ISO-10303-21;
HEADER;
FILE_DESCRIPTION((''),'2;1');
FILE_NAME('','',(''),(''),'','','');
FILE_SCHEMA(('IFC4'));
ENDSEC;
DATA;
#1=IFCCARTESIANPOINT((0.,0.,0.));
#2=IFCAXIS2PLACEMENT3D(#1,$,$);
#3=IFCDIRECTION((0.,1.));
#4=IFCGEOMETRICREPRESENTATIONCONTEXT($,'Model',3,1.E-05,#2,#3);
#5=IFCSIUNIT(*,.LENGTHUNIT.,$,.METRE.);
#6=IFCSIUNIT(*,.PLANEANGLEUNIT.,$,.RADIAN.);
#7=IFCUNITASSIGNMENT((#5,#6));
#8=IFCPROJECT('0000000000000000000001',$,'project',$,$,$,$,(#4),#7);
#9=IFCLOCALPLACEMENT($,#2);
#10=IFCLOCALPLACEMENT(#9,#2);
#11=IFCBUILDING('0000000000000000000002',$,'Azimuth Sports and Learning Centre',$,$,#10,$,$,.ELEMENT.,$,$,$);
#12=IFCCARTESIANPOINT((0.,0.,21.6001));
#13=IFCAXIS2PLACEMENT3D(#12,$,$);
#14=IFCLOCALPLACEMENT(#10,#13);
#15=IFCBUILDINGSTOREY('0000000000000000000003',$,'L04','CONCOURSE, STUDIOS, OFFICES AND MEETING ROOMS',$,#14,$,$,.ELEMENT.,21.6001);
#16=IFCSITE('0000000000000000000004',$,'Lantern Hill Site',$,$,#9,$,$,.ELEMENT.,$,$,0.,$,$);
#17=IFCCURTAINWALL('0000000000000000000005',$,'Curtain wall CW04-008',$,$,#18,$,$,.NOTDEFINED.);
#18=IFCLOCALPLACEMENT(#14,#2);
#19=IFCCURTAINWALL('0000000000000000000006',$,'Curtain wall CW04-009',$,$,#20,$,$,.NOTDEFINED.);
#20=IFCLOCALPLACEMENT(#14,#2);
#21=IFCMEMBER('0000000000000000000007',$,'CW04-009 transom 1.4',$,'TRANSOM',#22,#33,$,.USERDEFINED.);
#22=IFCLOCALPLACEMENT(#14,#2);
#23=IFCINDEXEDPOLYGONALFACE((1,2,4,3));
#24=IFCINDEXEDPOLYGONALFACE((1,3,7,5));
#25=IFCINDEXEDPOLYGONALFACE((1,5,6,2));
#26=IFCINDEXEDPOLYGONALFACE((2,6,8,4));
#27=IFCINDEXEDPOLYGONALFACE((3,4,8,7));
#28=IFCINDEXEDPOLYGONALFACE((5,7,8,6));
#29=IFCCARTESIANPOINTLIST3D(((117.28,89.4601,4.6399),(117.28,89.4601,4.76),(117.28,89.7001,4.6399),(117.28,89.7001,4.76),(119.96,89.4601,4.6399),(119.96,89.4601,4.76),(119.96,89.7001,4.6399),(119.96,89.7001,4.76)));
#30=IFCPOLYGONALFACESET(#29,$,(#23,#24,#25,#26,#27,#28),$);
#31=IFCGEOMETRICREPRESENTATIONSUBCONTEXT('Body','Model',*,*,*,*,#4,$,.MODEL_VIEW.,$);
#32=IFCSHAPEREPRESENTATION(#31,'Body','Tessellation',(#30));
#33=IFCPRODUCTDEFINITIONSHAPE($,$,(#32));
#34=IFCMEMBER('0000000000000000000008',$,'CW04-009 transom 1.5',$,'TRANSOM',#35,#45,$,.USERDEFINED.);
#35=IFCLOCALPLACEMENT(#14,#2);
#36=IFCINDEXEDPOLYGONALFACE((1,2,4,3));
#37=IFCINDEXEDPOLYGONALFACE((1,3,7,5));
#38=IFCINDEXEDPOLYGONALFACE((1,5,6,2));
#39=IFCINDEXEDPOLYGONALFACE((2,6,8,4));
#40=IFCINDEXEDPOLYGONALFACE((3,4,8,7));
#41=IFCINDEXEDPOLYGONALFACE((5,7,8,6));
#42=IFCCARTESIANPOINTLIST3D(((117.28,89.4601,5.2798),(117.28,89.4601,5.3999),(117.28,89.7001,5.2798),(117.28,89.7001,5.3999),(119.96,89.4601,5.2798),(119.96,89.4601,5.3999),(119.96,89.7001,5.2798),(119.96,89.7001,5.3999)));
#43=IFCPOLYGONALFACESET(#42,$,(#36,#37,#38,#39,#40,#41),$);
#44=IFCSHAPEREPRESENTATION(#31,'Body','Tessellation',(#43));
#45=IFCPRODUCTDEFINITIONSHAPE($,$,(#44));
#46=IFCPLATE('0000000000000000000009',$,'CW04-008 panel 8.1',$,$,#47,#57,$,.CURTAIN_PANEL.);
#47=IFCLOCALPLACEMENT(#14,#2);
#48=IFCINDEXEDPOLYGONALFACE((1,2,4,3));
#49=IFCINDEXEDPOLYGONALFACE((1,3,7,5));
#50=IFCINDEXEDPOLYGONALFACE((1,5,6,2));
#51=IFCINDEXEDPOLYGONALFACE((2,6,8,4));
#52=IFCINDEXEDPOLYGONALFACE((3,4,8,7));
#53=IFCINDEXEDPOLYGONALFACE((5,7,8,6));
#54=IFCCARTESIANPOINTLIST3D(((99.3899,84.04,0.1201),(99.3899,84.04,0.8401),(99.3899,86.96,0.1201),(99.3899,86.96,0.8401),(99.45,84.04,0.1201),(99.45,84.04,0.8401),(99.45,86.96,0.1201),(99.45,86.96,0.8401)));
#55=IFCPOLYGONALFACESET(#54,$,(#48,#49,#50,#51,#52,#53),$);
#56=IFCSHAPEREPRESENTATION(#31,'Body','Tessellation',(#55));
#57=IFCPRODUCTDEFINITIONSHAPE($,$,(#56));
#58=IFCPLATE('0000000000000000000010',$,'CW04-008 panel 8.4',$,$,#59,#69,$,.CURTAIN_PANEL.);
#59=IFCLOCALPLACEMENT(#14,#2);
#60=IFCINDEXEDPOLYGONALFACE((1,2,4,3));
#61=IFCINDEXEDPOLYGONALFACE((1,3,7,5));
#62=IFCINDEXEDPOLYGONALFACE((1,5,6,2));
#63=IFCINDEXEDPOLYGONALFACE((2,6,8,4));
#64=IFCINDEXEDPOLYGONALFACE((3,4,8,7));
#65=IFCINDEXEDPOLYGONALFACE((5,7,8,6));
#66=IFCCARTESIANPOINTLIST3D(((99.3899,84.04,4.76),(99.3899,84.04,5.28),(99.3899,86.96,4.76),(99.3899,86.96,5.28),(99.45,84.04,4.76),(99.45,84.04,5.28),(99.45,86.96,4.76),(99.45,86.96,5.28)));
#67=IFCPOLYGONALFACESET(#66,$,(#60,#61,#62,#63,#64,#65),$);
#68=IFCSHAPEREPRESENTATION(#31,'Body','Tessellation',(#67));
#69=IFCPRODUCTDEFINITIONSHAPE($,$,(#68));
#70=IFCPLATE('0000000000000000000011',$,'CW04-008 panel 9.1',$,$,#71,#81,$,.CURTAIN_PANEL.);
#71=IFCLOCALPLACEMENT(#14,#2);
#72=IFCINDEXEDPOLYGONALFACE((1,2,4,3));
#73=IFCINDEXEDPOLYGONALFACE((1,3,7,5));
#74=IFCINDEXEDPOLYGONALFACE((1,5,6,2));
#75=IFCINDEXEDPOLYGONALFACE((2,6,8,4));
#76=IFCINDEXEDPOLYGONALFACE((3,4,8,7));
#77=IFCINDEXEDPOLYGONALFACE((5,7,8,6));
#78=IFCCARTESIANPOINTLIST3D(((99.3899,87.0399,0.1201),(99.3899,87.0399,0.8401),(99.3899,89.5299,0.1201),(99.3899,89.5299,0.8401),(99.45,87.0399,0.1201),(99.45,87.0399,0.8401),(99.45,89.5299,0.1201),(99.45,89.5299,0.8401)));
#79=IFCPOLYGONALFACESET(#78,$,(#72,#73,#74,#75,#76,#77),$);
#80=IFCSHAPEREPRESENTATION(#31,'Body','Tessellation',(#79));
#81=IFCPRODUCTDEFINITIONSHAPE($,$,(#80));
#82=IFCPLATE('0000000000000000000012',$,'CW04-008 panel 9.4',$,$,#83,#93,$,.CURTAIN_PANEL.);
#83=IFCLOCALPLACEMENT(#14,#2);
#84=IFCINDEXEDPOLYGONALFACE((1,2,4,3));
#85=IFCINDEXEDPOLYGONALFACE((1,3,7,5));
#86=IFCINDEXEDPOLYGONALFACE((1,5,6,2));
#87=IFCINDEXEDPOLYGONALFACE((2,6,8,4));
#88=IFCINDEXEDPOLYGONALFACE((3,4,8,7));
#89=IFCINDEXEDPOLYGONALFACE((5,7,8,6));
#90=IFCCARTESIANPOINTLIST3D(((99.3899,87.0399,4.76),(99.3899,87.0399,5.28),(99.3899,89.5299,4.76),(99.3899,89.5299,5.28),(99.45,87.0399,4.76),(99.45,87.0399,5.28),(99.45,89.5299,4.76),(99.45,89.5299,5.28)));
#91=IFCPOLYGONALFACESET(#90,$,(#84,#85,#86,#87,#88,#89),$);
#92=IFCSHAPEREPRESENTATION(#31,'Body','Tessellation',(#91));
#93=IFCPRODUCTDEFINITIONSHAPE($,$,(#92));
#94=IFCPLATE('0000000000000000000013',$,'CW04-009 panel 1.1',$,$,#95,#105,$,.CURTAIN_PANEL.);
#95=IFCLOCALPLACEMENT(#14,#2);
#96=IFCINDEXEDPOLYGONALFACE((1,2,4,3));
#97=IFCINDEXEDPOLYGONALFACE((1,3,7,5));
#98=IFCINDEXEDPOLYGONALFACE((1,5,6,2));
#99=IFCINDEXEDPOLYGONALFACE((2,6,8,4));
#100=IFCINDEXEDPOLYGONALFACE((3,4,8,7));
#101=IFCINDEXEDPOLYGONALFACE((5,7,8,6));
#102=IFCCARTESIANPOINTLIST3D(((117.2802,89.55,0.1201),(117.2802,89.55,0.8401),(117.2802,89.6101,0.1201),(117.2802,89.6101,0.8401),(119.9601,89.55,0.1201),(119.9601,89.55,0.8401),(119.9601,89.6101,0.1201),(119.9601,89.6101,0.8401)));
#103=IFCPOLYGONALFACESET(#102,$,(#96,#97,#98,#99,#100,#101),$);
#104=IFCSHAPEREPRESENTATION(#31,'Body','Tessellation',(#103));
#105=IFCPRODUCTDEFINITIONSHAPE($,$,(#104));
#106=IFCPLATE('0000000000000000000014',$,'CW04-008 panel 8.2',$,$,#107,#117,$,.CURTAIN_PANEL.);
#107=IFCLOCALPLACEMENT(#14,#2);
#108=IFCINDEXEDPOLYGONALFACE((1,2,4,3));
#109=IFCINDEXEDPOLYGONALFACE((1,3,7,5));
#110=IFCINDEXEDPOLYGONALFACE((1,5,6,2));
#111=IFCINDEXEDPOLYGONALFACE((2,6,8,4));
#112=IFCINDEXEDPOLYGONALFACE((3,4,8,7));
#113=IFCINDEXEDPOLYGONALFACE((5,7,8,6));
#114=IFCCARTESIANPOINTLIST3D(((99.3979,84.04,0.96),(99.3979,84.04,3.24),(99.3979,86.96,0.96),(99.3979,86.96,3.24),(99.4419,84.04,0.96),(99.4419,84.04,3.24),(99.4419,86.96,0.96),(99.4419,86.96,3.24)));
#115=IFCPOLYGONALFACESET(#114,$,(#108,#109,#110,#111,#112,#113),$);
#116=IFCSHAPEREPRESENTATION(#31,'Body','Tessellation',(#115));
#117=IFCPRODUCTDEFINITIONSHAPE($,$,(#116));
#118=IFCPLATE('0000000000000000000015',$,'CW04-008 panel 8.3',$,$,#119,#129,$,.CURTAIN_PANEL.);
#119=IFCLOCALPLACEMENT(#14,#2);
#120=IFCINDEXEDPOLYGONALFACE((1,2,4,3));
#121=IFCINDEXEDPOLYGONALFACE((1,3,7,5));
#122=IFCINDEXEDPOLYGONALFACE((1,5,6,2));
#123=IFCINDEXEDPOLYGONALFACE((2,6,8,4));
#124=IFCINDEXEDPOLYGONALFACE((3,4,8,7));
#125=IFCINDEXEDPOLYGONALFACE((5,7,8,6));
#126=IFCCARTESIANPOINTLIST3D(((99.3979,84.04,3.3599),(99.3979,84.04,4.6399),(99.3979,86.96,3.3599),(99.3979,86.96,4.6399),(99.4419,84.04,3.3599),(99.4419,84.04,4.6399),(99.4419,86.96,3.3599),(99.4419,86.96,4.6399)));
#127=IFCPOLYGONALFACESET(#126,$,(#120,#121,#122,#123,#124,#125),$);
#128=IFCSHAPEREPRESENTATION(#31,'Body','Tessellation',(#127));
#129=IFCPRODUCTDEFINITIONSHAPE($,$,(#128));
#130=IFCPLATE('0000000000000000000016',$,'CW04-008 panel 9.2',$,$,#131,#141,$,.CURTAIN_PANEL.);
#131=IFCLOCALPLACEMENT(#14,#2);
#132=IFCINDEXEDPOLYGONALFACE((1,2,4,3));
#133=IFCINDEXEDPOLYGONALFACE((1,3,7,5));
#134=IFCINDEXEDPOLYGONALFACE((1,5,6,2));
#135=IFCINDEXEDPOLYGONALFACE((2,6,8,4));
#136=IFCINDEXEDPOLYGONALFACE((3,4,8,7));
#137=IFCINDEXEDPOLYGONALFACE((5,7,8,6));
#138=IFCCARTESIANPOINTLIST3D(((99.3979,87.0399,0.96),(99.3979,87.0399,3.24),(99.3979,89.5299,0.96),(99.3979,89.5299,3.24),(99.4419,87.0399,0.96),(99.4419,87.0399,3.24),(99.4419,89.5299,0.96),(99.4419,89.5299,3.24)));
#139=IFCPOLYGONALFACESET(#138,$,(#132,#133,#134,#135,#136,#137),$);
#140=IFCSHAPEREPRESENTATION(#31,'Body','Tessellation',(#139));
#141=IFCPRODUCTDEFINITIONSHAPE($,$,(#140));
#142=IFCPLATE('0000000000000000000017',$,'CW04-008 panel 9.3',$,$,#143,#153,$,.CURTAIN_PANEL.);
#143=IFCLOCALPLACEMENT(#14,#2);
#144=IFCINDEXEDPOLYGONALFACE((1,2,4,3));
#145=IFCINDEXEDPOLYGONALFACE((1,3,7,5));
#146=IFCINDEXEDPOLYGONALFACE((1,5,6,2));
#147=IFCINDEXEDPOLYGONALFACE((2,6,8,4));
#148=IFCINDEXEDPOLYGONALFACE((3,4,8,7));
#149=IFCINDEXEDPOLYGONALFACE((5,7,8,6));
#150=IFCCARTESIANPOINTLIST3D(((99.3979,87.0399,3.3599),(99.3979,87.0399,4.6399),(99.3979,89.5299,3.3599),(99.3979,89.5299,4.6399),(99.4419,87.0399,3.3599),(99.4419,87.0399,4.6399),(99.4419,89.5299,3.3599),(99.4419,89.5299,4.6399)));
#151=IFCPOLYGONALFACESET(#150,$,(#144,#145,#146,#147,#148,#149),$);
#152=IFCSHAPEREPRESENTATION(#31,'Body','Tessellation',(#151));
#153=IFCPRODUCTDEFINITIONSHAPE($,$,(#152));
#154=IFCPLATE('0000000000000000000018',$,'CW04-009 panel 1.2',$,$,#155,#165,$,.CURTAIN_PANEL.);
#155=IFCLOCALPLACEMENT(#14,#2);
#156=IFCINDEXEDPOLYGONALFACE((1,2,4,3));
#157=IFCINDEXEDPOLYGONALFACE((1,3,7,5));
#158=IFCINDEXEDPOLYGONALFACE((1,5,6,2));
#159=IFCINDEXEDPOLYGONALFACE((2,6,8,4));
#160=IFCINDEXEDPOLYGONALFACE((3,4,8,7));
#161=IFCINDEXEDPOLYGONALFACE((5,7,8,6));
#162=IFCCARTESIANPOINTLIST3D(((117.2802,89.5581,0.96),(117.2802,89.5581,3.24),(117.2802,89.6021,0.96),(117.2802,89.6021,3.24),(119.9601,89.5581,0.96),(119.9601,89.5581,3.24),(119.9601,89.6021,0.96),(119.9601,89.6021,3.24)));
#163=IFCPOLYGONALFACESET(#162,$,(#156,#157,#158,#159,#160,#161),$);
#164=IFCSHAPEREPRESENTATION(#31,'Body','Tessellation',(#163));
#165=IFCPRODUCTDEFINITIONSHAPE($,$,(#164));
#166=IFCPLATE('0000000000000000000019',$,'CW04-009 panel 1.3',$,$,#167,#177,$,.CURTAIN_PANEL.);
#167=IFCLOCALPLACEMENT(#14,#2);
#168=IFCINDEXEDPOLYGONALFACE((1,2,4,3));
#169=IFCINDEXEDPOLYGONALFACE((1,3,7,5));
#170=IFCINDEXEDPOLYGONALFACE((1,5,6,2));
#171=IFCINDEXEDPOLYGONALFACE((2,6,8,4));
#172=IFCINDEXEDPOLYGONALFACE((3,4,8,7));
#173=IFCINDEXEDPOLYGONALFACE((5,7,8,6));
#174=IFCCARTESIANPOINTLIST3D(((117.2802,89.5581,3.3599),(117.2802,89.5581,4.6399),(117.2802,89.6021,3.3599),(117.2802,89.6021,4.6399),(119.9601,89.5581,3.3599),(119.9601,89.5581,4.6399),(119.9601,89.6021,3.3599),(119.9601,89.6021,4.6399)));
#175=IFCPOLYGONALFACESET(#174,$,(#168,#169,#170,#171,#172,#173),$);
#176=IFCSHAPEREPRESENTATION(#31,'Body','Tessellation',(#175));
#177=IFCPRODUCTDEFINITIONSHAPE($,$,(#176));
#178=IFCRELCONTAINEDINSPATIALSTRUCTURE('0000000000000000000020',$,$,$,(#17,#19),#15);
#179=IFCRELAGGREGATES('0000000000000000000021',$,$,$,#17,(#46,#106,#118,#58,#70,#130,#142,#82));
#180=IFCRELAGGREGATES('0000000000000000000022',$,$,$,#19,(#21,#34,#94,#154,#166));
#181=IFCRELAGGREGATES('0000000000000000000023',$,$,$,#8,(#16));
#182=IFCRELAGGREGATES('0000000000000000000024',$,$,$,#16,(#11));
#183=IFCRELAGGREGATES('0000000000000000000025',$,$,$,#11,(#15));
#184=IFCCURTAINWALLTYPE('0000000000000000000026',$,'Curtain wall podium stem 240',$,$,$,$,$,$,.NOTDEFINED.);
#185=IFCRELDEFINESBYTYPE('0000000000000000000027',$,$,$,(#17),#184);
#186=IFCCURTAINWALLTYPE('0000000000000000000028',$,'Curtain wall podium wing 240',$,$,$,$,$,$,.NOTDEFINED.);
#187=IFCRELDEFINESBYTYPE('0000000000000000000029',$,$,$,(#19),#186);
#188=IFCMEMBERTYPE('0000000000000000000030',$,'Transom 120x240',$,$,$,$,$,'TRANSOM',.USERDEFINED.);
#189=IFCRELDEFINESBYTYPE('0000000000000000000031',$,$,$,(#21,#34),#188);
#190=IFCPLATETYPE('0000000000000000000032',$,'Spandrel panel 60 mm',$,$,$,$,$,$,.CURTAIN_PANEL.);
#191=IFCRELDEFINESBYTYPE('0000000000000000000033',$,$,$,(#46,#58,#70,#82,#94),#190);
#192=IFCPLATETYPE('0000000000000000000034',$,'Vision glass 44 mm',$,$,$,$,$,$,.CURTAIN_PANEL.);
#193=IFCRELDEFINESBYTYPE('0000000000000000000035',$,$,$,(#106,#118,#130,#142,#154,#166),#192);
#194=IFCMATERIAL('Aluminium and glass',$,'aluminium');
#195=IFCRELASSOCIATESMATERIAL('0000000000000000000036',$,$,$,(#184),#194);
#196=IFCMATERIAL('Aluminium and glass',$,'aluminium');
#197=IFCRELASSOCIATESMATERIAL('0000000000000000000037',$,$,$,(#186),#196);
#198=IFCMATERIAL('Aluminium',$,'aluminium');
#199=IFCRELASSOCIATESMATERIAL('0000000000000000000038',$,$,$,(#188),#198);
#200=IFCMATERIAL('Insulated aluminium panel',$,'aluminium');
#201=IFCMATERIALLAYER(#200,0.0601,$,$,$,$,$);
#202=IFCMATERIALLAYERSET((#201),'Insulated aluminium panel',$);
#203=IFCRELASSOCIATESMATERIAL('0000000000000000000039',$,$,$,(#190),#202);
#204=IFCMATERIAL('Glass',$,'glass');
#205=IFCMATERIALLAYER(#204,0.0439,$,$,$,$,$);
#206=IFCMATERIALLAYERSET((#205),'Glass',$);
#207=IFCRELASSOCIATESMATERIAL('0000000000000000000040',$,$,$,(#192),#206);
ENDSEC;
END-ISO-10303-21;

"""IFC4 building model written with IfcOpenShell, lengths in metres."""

from ifc_helpers import new_model, si_unit, direction, frame, origin, origin_2d, place, context, subcontext, project, spatial, rectangle, extrude, material, layer, layer_set, material_profile, profile_set, type_object, element, aggregate, save


model = new_model("IFC4")

# Units and contexts
model_context = context("Model", 3, precision=1e-05, world=origin(), true_north=direction((0.0, 1.0)))
body_context = subcontext(model_context, "Body", "Model", "MODEL_VIEW")
ifc_project = project(units=[si_unit("LENGTHUNIT", "METRE"), si_unit("PLANEANGLEUNIT", "RADIAN")], contexts=[model_context])

# Site, building, storey
site_placement = place(None, origin())
site = spatial("IfcSite", under=ifc_project, at=site_placement, Name="Lantern Hill Site", CompositionType="ELEMENT", RefElevation=0.0)
building_placement = place(site_placement, origin())
building = spatial("IfcBuilding", under=site, at=building_placement, Name="Azimuth Sports and Learning Centre", CompositionType="ELEMENT")
storey_placement = place(building_placement, frame((0.0, 0.0, 21.6001)))
storey = spatial("IfcBuildingStorey", under=building, at=storey_placement, Name="L04", Description="CONCOURSE, STUDIOS, OFFICES AND MEETING ROOMS", CompositionType="ELEMENT", Elevation=21.6001)

# Curtain wall
ifc_material_1 = material(Name="Aluminium and glass", Category="aluminium")
curtain_wall_type_1 = type_object("IfcCurtainWallType", Name="Curtain wall podium stem 240", PredefinedType="NOTDEFINED", material=ifc_material_1)
curtain_wall_1_placement = place(storey_placement, origin())
curtain_wall_1 = element("IfcCurtainWall", 1, at=curtain_wall_1_placement, inside=storey, type_object=curtain_wall_type_1, Name="Curtain wall CW04-008", PredefinedType="NOTDEFINED")

# Curtain wall
ifc_material_2 = material(Name="Aluminium and glass", Category="aluminium")
curtain_wall_type_2 = type_object("IfcCurtainWallType", Name="Curtain wall podium wing 240", PredefinedType="NOTDEFINED", material=ifc_material_2)
curtain_wall_2_placement = place(storey_placement, origin())
curtain_wall_2 = element("IfcCurtainWall", 2, at=curtain_wall_2_placement, inside=storey, type_object=curtain_wall_type_2, Name="Curtain wall CW04-009", PredefinedType="NOTDEFINED")

# Members
ifc_material_3 = material(Name="Aluminium", Category="aluminium")
ifc_material_profile_1 = material_profile(ifc_material_3, rectangle(XDim=0.24, YDim=0.1201, at=origin_2d()), Name="Transom 120x240")
ifc_profile_set_1 = profile_set([ifc_material_profile_1], Name="Aluminium")
member_type_1 = type_object("IfcMemberType", Name="Transom 120x240", ElementType="TRANSOM", PredefinedType="USERDEFINED", material=ifc_profile_set_1)
member_1_placement = place(storey_placement, frame((117.28, 89.5801, 4.7), z_axis=(1.0, 0.0, 0.0), x_axis=(0.0, 1.0, 0.0)))
member_1 = element("IfcMember", 3, at=member_1_placement, type_object=member_type_1, Name="CW04-009 transom 1.4", ObjectType="TRANSOM", PredefinedType="USERDEFINED", context=body_context, shape_type="SweptSolid", body=[
    extrude(rectangle(XDim=0.24, YDim=0.1201, at=origin_2d()), origin(), (0.0, 0.0, 1.0), 2.6799),
])
member_2_placement = place(storey_placement, frame((117.28, 89.5801, 5.3398), z_axis=(1.0, 0.0, 0.0), x_axis=(0.0, 1.0, 0.0)))
member_2 = element("IfcMember", 4, at=member_2_placement, type_object=member_type_1, Name="CW04-009 transom 1.5", ObjectType="TRANSOM", PredefinedType="USERDEFINED", context=body_context, shape_type="SweptSolid", body=[
    extrude(rectangle(XDim=0.24, YDim=0.1201, at=origin_2d()), origin(), (0.0, 0.0, 1.0), 2.6799),
])

# Plates
ifc_material_4 = material(Name="Insulated aluminium panel", Category="aluminium")
ifc_layer_1 = layer(ifc_material_4, 0.0601)
ifc_layer_set_1 = layer_set([ifc_layer_1], Name="Insulated aluminium panel")
plate_type_1 = type_object("IfcPlateType", Name="Spandrel panel 60 mm", PredefinedType="CURTAIN_PANEL", material=ifc_layer_set_1)
plate_1_placement = place(storey_placement, frame((99.4199, 85.5, 0.1201), z_axis=(0.0, 0.0, 1.0), x_axis=(0.0, 1.0, 0.0)))
plate_1 = element("IfcPlate", 5, at=plate_1_placement, type_object=plate_type_1, Name="CW04-008 panel 8.1", PredefinedType="CURTAIN_PANEL", context=body_context, shape_type="SweptSolid", body=[
    extrude(rectangle(XDim=2.9199, YDim=0.0601, at=origin_2d()), origin(), (0.0, 0.0, 1.0), 0.72),
])
plate_2_placement = place(storey_placement, frame((99.4199, 85.5, 4.76), z_axis=(0.0, 0.0, 1.0), x_axis=(0.0, 1.0, 0.0)))
plate_2 = element("IfcPlate", 6, at=plate_2_placement, type_object=plate_type_1, Name="CW04-008 panel 8.4", PredefinedType="CURTAIN_PANEL", context=body_context, shape_type="SweptSolid", body=[
    extrude(rectangle(XDim=2.9199, YDim=0.0601, at=origin_2d()), origin(), (0.0, 0.0, 1.0), 0.52),
])
plate_3_placement = place(storey_placement, frame((99.4199, 88.2849, 0.1201), z_axis=(0.0, 0.0, 1.0), x_axis=(0.0, 1.0, 0.0)))
plate_3 = element("IfcPlate", 7, at=plate_3_placement, type_object=plate_type_1, Name="CW04-008 panel 9.1", PredefinedType="CURTAIN_PANEL", context=body_context, shape_type="SweptSolid", body=[
    extrude(rectangle(XDim=2.49, YDim=0.0601, at=origin_2d()), origin(), (0.0, 0.0, 1.0), 0.72),
])
plate_4_placement = place(storey_placement, frame((99.4199, 88.2849, 4.76), z_axis=(0.0, 0.0, 1.0), x_axis=(0.0, 1.0, 0.0)))
plate_4 = element("IfcPlate", 8, at=plate_4_placement, type_object=plate_type_1, Name="CW04-008 panel 9.4", PredefinedType="CURTAIN_PANEL", context=body_context, shape_type="SweptSolid", body=[
    extrude(rectangle(XDim=2.49, YDim=0.0601, at=origin_2d()), origin(), (0.0, 0.0, 1.0), 0.52),
])
plate_5_placement = place(storey_placement, frame((118.6201, 89.5801, 0.1201), z_axis=(0.0, 0.0, 1.0), x_axis=(1.0, 0.0, 0.0)))
plate_5 = element("IfcPlate", 9, at=plate_5_placement, type_object=plate_type_1, Name="CW04-009 panel 1.1", PredefinedType="CURTAIN_PANEL", context=body_context, shape_type="SweptSolid", body=[
    extrude(rectangle(XDim=2.6799, YDim=0.0601, at=origin_2d()), origin(), (0.0, 0.0, 1.0), 0.72),
])
ifc_material_5 = material(Name="Glass", Category="glass")
ifc_layer_2 = layer(ifc_material_5, 0.0439)
ifc_layer_set_2 = layer_set([ifc_layer_2], Name="Glass")
plate_type_2 = type_object("IfcPlateType", Name="Vision glass 44 mm", PredefinedType="CURTAIN_PANEL", material=ifc_layer_set_2)
plate_6_placement = place(storey_placement, frame((99.4199, 85.5, 0.96), z_axis=(0.0, 0.0, 1.0), x_axis=(0.0, 1.0, 0.0)))
plate_6 = element("IfcPlate", 10, at=plate_6_placement, type_object=plate_type_2, Name="CW04-008 panel 8.2", PredefinedType="CURTAIN_PANEL", context=body_context, shape_type="SweptSolid", body=[
    extrude(rectangle(XDim=2.9199, YDim=0.0439, at=origin_2d()), origin(), (0.0, 0.0, 1.0), 2.28),
])
plate_7_placement = place(storey_placement, frame((99.4199, 85.5, 3.3599), z_axis=(0.0, 0.0, 1.0), x_axis=(0.0, 1.0, 0.0)))
plate_7 = element("IfcPlate", 11, at=plate_7_placement, type_object=plate_type_2, Name="CW04-008 panel 8.3", PredefinedType="CURTAIN_PANEL", context=body_context, shape_type="SweptSolid", body=[
    extrude(rectangle(XDim=2.9199, YDim=0.0439, at=origin_2d()), origin(), (0.0, 0.0, 1.0), 1.28),
])
plate_8_placement = place(storey_placement, frame((99.4199, 88.2849, 0.96), z_axis=(0.0, 0.0, 1.0), x_axis=(0.0, 1.0, 0.0)))
plate_8 = element("IfcPlate", 12, at=plate_8_placement, type_object=plate_type_2, Name="CW04-008 panel 9.2", PredefinedType="CURTAIN_PANEL", context=body_context, shape_type="SweptSolid", body=[
    extrude(rectangle(XDim=2.49, YDim=0.0439, at=origin_2d()), origin(), (0.0, 0.0, 1.0), 2.28),
])
plate_9_placement = place(storey_placement, frame((99.4199, 88.2849, 3.3599), z_axis=(0.0, 0.0, 1.0), x_axis=(0.0, 1.0, 0.0)))
plate_9 = element("IfcPlate", 13, at=plate_9_placement, type_object=plate_type_2, Name="CW04-008 panel 9.3", PredefinedType="CURTAIN_PANEL", context=body_context, shape_type="SweptSolid", body=[
    extrude(rectangle(XDim=2.49, YDim=0.0439, at=origin_2d()), origin(), (0.0, 0.0, 1.0), 1.28),
])
aggregate(curtain_wall_1, [plate_1, plate_6, plate_7, plate_2, plate_3, plate_8, plate_9, plate_4])
plate_10_placement = place(storey_placement, frame((118.6201, 89.5801, 0.96), z_axis=(0.0, 0.0, 1.0), x_axis=(1.0, 0.0, 0.0)))
plate_10 = element("IfcPlate", 14, at=plate_10_placement, type_object=plate_type_2, Name="CW04-009 panel 1.2", PredefinedType="CURTAIN_PANEL", context=body_context, shape_type="SweptSolid", body=[
    extrude(rectangle(XDim=2.6799, YDim=0.0439, at=origin_2d()), origin(), (0.0, 0.0, 1.0), 2.28),
])
plate_11_placement = place(storey_placement, frame((118.6201, 89.5801, 3.3599), z_axis=(0.0, 0.0, 1.0), x_axis=(1.0, 0.0, 0.0)))
plate_11 = element("IfcPlate", 15, at=plate_11_placement, type_object=plate_type_2, Name="CW04-009 panel 1.3", PredefinedType="CURTAIN_PANEL", context=body_context, shape_type="SweptSolid", body=[
    extrude(rectangle(XDim=2.6799, YDim=0.0439, at=origin_2d()), origin(), (0.0, 0.0, 1.0), 1.28),
])
aggregate(curtain_wall_2, [member_1, member_2, plate_5, plate_10, plate_11])

save(model, "model.ifc")
